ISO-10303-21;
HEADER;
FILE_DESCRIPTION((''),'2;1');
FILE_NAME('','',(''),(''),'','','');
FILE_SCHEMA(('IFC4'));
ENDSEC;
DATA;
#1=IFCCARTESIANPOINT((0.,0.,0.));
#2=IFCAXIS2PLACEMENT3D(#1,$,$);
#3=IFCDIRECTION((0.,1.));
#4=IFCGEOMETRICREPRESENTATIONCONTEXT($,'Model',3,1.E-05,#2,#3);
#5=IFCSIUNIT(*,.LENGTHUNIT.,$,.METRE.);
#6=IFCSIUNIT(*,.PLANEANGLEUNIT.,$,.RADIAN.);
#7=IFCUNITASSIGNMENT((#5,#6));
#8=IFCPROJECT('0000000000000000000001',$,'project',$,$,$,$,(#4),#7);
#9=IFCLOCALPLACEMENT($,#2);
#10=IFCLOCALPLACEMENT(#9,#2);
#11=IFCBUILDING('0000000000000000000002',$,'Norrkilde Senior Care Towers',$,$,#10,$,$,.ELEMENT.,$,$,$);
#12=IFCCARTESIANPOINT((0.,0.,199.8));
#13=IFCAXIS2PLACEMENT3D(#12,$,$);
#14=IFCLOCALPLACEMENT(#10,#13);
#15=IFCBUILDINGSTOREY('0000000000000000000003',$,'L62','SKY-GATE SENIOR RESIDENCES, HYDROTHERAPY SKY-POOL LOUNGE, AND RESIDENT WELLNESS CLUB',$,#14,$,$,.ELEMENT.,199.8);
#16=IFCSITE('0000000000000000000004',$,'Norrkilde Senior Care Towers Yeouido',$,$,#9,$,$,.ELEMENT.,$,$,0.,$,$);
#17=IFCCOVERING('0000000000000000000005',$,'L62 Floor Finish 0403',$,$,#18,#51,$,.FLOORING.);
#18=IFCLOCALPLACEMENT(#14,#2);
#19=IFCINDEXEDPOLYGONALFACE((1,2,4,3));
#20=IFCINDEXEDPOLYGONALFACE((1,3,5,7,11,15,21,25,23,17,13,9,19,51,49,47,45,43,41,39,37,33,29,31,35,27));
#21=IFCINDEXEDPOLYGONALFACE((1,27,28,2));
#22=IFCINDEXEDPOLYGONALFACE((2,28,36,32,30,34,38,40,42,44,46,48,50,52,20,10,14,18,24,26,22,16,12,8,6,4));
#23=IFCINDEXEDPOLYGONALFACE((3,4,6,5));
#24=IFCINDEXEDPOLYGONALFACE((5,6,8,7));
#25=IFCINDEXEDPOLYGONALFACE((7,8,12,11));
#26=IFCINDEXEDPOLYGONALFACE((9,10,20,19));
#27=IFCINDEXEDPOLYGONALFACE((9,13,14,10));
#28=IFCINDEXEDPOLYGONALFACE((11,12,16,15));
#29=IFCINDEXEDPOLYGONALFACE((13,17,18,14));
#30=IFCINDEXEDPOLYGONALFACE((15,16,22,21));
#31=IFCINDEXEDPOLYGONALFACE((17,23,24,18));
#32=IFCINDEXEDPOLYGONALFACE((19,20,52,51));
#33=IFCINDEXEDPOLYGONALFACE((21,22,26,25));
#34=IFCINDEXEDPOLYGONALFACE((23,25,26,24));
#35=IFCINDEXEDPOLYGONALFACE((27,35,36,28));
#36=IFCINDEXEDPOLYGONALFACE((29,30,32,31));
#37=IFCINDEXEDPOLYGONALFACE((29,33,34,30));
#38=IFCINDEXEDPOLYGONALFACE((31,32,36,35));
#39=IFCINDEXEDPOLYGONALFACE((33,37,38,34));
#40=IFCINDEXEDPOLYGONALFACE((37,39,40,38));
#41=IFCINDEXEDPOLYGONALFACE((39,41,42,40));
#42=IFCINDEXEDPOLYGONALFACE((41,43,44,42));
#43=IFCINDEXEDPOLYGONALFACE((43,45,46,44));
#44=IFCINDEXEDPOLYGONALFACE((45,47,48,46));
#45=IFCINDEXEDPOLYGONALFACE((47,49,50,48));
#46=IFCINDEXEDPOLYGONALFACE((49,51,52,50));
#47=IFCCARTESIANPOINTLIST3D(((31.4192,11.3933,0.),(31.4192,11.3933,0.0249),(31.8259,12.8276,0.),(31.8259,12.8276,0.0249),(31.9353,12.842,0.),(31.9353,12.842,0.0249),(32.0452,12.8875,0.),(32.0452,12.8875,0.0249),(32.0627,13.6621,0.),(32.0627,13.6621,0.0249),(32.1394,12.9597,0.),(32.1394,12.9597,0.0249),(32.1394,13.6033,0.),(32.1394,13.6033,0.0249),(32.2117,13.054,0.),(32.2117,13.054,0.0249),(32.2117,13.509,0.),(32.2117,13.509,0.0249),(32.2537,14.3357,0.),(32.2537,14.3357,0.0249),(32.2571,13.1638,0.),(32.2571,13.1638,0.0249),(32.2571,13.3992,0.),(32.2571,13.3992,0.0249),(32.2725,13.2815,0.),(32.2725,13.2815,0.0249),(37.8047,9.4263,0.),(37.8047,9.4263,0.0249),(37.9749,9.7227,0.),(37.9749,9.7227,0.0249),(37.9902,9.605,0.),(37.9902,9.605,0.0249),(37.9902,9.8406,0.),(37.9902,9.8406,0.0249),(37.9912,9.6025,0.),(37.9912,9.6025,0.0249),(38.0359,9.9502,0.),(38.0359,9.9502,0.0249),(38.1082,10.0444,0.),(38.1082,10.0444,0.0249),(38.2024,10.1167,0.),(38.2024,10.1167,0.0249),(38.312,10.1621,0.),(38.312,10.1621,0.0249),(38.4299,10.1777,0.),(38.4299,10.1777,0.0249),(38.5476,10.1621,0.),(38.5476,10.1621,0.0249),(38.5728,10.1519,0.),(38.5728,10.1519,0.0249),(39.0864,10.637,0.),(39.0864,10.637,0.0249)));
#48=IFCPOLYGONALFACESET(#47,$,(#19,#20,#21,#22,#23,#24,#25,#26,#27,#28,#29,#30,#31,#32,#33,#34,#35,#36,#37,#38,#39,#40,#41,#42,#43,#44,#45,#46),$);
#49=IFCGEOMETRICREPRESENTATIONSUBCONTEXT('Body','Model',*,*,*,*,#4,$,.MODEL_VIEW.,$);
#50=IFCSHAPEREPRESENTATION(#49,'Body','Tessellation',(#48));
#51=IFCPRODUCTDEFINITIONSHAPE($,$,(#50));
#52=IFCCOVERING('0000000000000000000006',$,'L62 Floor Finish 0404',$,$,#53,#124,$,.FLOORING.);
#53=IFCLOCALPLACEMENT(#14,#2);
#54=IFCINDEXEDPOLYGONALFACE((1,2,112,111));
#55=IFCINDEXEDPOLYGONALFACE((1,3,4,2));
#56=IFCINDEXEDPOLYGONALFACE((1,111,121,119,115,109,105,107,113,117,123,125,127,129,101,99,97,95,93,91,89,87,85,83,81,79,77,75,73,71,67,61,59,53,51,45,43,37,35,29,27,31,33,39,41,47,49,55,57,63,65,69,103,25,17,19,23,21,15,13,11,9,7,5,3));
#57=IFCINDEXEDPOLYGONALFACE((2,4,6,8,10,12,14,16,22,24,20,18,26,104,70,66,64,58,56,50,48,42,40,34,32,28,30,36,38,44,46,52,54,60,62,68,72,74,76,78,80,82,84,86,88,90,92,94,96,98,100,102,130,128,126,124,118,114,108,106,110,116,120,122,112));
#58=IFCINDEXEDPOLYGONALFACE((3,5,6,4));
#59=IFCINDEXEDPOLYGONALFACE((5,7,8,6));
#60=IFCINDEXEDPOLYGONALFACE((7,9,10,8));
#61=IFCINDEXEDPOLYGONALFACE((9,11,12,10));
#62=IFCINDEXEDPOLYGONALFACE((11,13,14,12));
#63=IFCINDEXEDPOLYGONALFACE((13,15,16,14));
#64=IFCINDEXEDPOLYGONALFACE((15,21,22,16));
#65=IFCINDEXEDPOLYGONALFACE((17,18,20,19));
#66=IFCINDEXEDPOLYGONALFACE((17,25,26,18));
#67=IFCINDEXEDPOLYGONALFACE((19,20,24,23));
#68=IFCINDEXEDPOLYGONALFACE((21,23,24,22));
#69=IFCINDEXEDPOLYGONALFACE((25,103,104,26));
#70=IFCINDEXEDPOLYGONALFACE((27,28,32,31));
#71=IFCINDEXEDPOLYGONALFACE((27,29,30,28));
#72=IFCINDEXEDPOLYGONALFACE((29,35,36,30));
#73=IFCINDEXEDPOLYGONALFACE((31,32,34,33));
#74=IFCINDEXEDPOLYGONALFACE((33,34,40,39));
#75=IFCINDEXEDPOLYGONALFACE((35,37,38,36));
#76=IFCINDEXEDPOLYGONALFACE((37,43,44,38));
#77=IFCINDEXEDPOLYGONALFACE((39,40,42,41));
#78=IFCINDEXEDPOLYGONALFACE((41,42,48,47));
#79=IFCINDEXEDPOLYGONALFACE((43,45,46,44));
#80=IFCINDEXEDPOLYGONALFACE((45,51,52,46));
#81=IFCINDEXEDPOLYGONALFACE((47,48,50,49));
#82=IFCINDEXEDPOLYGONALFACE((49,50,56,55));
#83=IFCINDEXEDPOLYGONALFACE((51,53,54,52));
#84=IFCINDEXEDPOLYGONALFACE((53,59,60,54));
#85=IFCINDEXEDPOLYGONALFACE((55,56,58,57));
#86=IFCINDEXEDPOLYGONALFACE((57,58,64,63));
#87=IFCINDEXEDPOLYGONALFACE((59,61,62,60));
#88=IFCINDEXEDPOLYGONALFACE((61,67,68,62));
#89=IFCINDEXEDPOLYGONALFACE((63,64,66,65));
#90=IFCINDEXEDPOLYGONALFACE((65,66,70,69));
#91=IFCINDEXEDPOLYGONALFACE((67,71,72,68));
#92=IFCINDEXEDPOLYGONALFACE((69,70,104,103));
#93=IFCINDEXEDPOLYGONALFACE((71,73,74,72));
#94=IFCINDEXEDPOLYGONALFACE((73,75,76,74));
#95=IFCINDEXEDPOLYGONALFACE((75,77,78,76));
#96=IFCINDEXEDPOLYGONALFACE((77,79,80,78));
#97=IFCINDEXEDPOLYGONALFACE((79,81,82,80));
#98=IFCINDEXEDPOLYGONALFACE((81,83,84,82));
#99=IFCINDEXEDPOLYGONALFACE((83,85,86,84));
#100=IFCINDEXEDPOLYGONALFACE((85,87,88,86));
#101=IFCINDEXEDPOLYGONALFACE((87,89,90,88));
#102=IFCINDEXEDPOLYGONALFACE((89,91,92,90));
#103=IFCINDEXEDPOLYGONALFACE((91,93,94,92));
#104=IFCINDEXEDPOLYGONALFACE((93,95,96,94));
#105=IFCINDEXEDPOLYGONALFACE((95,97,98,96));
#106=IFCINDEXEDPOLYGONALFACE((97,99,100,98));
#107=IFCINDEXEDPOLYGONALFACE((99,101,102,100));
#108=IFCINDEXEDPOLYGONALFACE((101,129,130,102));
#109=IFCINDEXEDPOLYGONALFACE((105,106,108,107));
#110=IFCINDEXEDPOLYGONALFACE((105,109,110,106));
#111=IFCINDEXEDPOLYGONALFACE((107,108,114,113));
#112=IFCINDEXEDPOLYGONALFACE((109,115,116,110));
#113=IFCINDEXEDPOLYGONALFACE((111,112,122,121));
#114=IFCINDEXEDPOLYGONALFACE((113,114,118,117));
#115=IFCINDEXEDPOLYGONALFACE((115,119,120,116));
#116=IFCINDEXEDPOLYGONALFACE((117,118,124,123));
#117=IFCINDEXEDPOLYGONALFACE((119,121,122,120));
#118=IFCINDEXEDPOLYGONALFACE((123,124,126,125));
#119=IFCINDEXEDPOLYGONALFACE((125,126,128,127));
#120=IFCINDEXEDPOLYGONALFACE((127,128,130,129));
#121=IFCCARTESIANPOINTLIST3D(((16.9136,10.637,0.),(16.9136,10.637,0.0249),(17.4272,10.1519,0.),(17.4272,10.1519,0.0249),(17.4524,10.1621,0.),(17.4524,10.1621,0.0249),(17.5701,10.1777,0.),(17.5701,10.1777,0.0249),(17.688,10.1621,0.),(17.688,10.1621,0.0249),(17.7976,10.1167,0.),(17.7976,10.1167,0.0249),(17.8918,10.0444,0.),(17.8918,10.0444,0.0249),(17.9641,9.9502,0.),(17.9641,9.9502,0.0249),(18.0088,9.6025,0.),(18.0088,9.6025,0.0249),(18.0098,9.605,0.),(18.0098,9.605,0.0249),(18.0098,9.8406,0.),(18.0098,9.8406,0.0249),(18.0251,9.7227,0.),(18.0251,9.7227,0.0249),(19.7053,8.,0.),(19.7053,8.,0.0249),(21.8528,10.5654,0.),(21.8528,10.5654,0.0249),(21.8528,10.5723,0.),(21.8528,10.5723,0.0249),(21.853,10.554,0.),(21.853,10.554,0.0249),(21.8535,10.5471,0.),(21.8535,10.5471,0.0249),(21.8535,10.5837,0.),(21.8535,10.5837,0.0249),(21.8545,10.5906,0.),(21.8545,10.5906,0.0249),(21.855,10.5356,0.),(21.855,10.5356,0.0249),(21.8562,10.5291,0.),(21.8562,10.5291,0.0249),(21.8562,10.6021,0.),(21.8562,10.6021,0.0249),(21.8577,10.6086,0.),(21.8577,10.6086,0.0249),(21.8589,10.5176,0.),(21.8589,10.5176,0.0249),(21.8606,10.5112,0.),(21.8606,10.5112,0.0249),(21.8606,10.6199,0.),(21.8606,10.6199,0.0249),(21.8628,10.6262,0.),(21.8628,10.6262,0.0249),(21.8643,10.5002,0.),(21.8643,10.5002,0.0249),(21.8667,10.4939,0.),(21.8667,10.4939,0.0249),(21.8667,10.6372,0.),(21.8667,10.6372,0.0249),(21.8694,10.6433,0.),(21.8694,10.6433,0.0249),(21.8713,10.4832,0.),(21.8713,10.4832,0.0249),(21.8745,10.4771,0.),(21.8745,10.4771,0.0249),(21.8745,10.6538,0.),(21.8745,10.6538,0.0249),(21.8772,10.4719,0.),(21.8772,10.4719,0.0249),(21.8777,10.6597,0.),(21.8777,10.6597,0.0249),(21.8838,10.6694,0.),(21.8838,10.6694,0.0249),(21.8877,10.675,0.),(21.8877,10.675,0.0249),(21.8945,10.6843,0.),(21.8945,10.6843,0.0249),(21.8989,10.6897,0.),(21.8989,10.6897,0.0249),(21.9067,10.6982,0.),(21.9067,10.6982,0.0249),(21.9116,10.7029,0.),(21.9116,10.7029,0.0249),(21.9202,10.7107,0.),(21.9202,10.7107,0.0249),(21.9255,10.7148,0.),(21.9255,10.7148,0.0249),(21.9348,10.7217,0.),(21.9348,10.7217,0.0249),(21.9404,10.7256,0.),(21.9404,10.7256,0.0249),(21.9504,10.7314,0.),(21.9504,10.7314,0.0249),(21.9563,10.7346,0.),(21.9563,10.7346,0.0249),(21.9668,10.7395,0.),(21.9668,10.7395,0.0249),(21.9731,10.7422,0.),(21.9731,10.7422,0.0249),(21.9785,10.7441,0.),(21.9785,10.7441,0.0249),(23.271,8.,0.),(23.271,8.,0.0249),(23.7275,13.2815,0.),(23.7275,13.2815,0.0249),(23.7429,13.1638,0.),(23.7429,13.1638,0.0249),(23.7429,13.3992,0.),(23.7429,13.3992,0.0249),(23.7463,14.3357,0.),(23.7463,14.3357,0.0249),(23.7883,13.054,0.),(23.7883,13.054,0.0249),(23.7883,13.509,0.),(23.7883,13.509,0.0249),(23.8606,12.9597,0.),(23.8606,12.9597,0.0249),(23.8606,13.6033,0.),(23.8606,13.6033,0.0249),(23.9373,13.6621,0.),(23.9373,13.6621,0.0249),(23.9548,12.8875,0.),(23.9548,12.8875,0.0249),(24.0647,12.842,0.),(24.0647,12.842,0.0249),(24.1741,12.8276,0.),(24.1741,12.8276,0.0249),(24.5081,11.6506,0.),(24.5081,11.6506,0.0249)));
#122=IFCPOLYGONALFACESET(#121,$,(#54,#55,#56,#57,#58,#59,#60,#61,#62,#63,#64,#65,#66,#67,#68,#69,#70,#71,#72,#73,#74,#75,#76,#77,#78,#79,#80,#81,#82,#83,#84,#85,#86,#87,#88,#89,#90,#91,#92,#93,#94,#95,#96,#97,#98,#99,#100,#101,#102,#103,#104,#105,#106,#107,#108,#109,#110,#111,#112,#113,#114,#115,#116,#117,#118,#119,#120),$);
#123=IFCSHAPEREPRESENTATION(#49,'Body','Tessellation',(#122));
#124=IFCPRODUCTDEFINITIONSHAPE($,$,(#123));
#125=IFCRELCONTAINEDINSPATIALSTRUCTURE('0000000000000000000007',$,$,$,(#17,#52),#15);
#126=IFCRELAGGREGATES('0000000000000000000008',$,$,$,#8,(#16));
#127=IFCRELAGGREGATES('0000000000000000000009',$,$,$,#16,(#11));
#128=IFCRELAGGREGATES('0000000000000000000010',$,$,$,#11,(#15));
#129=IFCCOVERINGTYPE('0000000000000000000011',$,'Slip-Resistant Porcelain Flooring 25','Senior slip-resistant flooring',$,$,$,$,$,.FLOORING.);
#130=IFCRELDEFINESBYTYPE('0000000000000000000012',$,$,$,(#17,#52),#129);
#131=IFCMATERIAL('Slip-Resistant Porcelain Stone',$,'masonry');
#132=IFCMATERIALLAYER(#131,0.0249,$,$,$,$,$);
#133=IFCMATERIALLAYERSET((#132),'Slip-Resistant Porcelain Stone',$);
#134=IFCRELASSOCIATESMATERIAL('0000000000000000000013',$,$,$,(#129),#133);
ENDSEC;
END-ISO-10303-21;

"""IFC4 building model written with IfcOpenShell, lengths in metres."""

from ifc_helpers import new_model, si_unit, direction, frame, origin, place, context, subcontext, project, spatial, polyline, outline, extrude, material, layer, layer_set, type_object, element, save


model = new_model("IFC4")

# Units and contexts
model_context = context("Model", 3, precision=1e-05, world=origin(), true_north=direction((0.0, 1.0)))
body_context = subcontext(model_context, "Body", "Model", "MODEL_VIEW")
ifc_project = project(units=[si_unit("LENGTHUNIT", "METRE"), si_unit("PLANEANGLEUNIT", "RADIAN")], contexts=[model_context])

# Site, building, storey
site_placement = place(None, origin())
site = spatial("IfcSite", under=ifc_project, at=site_placement, Name="Norrkilde Senior Care Towers Yeouido", CompositionType="ELEMENT", RefElevation=0.0)
building_placement = place(site_placement, origin())
building = spatial("IfcBuilding", under=site, at=building_placement, Name="Norrkilde Senior Care Towers", CompositionType="ELEMENT")
storey_placement = place(building_placement, frame((0.0, 0.0, 199.8)))
storey = spatial("IfcBuildingStorey", under=building, at=storey_placement, Name="L62", Description="SKY-GATE SENIOR RESIDENCES, HYDROTHERAPY SKY-POOL LOUNGE, AND RESIDENT WELLNESS CLUB", CompositionType="ELEMENT", Elevation=199.8)

# Coverings
ifc_material_1 = material(Name="Slip-Resistant Porcelain Stone", Category="masonry")
ifc_layer_1 = layer(ifc_material_1, 0.0249)
ifc_layer_set_1 = layer_set([ifc_layer_1], Name="Slip-Resistant Porcelain Stone")
covering_type_1 = type_object("IfcCoveringType", Name="Slip-Resistant Porcelain Flooring 25", Description="Senior slip-resistant flooring", PredefinedType="FLOORING", material=ifc_layer_set_1)
covering_1_placement = place(storey_placement, origin())
element("IfcCovering", 1, at=covering_1_placement, inside=storey, type_object=covering_type_1, Name="L62 Floor Finish 0403", PredefinedType="FLOORING", context=body_context, shape_type="SweptSolid", body=[
    extrude(outline(polyline([(38.5728, 10.1519), (38.5476, 10.1621), (38.4299, 10.1777), (38.312, 10.1621), (38.2024, 10.1167), (38.1082, 10.0444), (38.0359, 9.9502), (37.9902, 9.8406), (37.9749, 9.7227), (37.9902, 9.605), (37.9912, 9.6025), (37.8047, 9.4263), (31.4192, 11.3933), (31.8259, 12.8276), (31.9353, 12.842), (32.0452, 12.8875), (32.1394, 12.9597), (32.2117, 13.054), (32.2571, 13.1638), (32.2725, 13.2815), (32.2571, 13.3992), (32.2117, 13.509), (32.1394, 13.6033), (32.0627, 13.6621), (32.2537, 14.3357), (39.0864, 10.637), (38.5728, 10.1519)])), origin(), (0.0, 0.0, 1.0), 0.0249),
])
covering_2_placement = place(storey_placement, origin())
element("IfcCovering", 2, at=covering_2_placement, inside=storey, type_object=covering_type_1, Name="L62 Floor Finish 0404", PredefinedType="FLOORING", context=body_context, shape_type="SweptSolid", body=[
    extrude(outline(polyline([(21.9404, 10.7256), (21.9348, 10.7217), (21.9255, 10.7148), (21.9202, 10.7107), (21.9116, 10.7029), (21.9067, 10.6982), (21.8989, 10.6897), (21.8945, 10.6843), (21.8877, 10.675), (21.8838, 10.6694), (21.8777, 10.6597), (21.8745, 10.6538), (21.8694, 10.6433), (21.8667, 10.6372), (21.8628, 10.6262), (21.8606, 10.6199), (21.8577, 10.6086), (21.8562, 10.6021), (21.8545, 10.5906), (21.8535, 10.5837), (21.8528, 10.5723), (21.8528, 10.5654), (21.853, 10.554), (21.8535, 10.5471), (21.855, 10.5356), (21.8562, 10.5291), (21.8589, 10.5176), (21.8606, 10.5112), (21.8643, 10.5002), (21.8667, 10.4939), (21.8713, 10.4832), (21.8745, 10.4771), (21.8772, 10.4719), (23.271, 8.0), (19.7053, 8.0), (18.0088, 9.6025), (18.0098, 9.605), (18.0251, 9.7227), (18.0098, 9.8406), (17.9641, 9.9502), (17.8918, 10.0444), (17.7976, 10.1167), (17.688, 10.1621), (17.5701, 10.1777), (17.4524, 10.1621), (17.4272, 10.1519), (16.9136, 10.637), (23.7463, 14.3357), (23.9373, 13.6621), (23.8606, 13.6033), (23.7883, 13.509), (23.7429, 13.3992), (23.7275, 13.2815), (23.7429, 13.1638), (23.7883, 13.054), (23.8606, 12.9597), (23.9548, 12.8875), (24.0647, 12.842), (24.1741, 12.8276), (24.5081, 11.6506), (21.9785, 10.7441), (21.9731, 10.7422), (21.9668, 10.7395), (21.9563, 10.7346), (21.9504, 10.7314), (21.9404, 10.7256)])), origin(), (0.0, 0.0, 1.0), 0.0249),
])

save(model, "model.ifc")
